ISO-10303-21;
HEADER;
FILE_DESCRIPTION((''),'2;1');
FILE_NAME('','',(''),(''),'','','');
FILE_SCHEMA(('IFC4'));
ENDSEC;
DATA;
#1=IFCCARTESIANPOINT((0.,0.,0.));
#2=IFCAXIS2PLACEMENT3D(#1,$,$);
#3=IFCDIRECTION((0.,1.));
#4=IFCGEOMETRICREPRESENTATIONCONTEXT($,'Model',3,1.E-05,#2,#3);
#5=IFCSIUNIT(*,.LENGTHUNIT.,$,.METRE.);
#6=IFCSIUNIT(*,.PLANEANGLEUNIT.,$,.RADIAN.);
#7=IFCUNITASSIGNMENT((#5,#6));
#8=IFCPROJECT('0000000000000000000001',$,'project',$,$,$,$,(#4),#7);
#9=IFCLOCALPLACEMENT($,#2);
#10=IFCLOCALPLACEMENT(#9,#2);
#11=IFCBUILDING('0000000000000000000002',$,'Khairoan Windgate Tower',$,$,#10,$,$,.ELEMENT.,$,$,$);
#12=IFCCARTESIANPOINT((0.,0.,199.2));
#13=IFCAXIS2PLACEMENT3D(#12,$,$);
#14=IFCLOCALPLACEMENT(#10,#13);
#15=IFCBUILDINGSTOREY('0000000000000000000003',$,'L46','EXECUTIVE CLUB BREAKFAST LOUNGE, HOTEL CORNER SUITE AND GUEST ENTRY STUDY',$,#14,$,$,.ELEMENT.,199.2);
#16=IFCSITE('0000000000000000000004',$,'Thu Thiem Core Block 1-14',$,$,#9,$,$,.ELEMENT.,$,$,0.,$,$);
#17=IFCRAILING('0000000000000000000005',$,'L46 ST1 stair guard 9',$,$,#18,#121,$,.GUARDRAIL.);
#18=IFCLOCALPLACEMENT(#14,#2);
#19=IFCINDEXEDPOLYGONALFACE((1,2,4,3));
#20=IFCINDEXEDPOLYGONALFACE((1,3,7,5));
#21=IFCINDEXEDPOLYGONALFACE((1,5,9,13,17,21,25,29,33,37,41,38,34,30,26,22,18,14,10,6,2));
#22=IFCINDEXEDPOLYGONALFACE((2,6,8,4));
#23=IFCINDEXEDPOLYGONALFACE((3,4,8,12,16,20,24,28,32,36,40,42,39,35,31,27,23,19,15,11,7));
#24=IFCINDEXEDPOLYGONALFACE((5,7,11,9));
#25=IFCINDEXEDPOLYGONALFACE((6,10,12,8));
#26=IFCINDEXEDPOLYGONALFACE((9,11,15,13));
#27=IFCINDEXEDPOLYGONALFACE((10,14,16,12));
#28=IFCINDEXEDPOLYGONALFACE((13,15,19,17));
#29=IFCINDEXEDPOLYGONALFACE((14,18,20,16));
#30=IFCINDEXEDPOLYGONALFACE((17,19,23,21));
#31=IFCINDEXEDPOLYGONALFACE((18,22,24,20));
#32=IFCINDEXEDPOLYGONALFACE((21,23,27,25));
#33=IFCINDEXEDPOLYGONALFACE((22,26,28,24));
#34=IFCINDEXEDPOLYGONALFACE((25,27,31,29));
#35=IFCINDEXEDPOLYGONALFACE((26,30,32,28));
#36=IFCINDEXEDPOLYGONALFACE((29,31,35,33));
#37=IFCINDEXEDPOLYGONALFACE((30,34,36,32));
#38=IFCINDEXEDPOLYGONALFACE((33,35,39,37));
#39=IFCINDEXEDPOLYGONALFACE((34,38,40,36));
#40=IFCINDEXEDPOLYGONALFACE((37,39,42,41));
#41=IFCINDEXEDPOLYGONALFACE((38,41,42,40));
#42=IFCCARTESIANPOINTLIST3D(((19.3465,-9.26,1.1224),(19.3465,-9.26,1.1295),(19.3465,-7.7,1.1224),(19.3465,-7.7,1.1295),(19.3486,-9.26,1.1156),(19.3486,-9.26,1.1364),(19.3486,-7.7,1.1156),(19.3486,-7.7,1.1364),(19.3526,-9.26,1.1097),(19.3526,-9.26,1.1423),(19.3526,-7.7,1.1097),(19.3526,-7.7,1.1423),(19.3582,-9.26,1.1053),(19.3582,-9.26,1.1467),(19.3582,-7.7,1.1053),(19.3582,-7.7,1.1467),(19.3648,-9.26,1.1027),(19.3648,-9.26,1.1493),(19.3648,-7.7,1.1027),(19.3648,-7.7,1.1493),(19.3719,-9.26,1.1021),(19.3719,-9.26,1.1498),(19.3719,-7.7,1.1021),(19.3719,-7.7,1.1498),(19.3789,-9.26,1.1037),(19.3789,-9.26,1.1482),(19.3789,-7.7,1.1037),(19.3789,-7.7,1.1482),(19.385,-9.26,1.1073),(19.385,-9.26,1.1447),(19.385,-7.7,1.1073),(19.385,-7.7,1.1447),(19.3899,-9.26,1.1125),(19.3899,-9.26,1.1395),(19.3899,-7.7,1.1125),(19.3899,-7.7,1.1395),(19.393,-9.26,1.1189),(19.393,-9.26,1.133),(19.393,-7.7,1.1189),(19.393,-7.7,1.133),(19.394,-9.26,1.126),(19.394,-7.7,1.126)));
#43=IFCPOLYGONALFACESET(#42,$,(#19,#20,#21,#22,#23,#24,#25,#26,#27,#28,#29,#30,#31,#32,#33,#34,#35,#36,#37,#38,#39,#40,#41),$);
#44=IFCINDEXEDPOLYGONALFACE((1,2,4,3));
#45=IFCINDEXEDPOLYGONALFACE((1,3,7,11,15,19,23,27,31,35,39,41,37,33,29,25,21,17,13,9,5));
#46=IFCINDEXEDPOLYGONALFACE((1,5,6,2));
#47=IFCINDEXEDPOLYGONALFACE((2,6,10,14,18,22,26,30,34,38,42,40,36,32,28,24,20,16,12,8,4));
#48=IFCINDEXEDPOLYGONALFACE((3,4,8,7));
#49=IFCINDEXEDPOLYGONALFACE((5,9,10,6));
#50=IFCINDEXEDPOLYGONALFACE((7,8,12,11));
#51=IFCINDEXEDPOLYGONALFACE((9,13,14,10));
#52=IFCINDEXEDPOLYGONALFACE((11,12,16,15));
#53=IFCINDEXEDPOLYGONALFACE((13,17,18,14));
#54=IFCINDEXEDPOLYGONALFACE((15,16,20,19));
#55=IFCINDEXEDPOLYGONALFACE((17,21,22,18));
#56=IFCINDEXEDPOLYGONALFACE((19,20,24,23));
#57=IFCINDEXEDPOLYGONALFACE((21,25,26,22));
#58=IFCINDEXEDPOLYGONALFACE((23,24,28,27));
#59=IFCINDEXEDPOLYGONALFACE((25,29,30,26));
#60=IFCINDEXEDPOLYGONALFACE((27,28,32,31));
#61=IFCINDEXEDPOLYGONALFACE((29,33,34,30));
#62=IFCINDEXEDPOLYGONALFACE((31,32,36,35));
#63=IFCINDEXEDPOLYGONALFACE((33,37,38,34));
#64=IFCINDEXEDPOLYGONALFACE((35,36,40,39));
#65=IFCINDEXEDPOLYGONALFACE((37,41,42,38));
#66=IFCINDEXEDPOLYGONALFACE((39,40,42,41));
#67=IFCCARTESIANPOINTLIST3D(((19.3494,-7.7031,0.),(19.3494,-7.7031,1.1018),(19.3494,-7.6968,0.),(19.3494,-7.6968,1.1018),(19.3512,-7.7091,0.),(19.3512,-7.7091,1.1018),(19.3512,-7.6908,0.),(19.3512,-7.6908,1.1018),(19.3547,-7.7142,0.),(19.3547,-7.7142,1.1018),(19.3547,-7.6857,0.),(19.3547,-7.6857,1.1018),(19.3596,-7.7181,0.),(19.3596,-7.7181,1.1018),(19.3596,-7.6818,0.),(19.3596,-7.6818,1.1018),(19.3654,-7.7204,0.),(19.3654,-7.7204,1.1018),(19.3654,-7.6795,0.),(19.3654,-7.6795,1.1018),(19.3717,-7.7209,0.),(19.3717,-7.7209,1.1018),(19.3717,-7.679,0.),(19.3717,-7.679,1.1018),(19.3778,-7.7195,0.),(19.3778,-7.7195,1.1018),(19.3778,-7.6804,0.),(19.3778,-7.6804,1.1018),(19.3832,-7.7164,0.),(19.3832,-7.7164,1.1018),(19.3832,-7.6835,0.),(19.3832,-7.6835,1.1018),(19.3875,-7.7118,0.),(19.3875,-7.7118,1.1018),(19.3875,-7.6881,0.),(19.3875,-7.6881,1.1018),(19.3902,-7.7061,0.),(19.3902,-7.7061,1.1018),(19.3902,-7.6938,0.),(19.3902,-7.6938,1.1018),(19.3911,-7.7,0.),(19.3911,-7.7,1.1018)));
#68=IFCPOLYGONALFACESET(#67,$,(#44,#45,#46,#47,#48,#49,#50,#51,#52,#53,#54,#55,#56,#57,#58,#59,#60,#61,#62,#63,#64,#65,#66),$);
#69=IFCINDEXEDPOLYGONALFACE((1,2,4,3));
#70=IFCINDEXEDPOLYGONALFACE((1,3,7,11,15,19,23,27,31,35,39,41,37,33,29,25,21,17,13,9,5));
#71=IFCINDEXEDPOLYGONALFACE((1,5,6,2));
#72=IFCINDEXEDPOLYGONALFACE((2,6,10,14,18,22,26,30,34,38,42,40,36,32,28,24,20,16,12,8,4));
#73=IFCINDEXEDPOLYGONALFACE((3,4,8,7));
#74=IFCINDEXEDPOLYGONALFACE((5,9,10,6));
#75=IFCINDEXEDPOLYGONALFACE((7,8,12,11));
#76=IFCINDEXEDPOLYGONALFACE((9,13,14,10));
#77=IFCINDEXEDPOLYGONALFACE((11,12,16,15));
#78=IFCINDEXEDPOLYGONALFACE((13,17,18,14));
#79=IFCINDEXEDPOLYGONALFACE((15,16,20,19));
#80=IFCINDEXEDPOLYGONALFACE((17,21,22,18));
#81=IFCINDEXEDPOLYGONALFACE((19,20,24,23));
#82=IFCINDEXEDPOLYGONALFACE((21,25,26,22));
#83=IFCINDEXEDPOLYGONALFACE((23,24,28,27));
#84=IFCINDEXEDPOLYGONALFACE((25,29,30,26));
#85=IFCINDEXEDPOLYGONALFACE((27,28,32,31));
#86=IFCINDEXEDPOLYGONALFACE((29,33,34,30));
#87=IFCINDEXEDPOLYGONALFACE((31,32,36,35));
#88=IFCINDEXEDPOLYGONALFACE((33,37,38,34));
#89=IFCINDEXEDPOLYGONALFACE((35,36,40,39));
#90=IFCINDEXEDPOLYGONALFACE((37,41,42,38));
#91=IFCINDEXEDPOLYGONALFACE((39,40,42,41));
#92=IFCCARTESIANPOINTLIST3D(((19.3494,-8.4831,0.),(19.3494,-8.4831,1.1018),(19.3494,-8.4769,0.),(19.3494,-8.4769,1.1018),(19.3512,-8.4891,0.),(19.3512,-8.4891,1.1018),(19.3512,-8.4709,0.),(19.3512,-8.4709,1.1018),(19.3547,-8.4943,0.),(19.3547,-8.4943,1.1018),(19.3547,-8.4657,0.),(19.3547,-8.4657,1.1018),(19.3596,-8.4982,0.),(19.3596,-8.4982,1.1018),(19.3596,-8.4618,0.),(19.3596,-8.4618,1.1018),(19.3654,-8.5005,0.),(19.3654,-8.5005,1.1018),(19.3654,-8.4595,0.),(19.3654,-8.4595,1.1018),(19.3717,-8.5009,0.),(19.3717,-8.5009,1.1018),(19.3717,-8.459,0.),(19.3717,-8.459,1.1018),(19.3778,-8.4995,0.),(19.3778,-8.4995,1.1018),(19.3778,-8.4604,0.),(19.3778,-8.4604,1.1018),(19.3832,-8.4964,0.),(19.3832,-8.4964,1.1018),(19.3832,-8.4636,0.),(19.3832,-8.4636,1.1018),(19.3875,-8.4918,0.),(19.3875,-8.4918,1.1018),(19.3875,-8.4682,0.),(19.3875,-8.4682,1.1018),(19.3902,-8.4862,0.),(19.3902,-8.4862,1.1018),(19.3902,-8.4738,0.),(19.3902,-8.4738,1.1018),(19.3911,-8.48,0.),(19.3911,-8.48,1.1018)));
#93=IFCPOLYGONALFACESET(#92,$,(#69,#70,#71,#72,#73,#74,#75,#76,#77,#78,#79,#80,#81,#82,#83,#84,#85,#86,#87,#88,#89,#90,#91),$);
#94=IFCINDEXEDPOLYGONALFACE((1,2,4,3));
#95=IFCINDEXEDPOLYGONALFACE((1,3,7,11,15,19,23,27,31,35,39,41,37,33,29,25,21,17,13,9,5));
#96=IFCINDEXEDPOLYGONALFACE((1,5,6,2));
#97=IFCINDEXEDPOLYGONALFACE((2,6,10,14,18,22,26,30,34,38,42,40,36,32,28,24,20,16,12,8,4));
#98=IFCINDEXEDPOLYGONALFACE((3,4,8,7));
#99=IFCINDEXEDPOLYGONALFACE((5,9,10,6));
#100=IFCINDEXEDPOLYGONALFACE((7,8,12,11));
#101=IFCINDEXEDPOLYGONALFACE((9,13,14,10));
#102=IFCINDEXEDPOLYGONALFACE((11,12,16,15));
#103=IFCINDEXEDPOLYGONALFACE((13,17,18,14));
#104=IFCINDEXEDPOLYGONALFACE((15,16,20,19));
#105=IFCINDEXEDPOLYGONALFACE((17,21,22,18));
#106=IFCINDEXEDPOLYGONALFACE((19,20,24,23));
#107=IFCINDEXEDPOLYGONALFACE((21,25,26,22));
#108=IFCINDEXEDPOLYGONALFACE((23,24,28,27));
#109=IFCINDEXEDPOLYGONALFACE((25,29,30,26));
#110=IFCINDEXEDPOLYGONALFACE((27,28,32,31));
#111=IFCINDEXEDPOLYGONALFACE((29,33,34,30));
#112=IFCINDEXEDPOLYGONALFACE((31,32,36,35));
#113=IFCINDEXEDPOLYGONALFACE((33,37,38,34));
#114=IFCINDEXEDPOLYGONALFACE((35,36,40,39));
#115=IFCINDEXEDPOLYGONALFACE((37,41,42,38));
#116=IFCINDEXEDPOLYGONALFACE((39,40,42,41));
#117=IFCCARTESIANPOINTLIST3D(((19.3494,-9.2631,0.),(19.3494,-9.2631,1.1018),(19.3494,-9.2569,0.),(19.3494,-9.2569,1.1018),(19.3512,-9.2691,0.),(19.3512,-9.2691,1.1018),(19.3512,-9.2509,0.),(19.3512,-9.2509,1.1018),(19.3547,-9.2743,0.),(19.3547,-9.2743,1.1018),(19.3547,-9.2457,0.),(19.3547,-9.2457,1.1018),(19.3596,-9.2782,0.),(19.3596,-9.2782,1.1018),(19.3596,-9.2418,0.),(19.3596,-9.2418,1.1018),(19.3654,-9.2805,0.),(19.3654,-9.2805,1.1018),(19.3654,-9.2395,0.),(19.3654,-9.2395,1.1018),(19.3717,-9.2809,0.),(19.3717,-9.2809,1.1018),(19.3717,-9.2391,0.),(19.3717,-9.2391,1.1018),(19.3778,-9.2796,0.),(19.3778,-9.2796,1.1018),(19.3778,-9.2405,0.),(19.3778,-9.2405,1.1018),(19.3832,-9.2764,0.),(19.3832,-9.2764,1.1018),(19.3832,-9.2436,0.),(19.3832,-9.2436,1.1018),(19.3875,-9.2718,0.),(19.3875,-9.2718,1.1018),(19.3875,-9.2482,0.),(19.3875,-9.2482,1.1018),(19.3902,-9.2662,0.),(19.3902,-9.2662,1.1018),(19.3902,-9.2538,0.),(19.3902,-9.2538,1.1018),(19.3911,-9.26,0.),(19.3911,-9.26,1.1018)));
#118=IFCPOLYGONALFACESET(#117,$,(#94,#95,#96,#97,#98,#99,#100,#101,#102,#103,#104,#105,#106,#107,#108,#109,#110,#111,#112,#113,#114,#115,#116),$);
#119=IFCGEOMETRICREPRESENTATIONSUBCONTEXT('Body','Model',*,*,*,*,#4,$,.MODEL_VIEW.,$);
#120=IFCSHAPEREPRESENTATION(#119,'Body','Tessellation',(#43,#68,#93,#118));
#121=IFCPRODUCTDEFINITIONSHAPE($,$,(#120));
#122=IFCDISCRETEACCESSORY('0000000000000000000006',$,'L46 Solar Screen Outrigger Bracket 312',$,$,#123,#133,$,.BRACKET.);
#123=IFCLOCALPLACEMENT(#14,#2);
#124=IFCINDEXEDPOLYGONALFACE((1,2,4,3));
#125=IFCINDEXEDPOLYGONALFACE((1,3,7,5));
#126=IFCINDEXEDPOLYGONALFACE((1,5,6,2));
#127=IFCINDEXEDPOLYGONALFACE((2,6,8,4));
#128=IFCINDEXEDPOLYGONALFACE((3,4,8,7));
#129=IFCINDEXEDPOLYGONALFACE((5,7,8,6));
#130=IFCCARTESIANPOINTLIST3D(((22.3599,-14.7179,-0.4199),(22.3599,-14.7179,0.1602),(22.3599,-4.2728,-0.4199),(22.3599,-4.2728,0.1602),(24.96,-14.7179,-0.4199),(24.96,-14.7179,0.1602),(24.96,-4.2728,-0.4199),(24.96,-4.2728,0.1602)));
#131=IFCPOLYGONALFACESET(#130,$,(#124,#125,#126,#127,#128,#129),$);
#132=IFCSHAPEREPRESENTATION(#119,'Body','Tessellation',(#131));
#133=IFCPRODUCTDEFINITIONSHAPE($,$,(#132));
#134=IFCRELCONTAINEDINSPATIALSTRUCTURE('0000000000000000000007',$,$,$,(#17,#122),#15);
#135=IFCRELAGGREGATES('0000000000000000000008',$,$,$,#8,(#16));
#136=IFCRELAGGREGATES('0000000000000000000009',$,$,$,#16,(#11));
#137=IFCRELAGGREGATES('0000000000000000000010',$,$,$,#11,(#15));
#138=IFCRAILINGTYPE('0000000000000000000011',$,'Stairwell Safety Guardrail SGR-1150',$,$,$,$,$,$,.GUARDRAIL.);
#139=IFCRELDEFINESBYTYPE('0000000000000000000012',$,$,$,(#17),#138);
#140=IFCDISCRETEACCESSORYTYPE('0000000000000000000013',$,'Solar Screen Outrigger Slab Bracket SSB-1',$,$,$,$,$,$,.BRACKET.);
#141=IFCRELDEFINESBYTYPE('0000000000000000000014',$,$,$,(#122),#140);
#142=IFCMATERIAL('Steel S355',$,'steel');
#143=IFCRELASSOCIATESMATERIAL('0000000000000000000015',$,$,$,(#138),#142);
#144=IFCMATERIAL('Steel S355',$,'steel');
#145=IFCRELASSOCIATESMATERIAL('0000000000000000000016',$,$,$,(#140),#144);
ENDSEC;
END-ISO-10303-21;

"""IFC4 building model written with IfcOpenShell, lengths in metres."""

from ifc_helpers import new_model, si_unit, direction, frame, origin, origin_2d, place, context, subcontext, project, spatial, rectangle, circle, extrude, material, type_object, element, save


model = new_model("IFC4")

# Units and contexts
model_context = context("Model", 3, precision=1e-05, world=origin(), true_north=direction((0.0, 1.0)))
body_context = subcontext(model_context, "Body", "Model", "MODEL_VIEW")
ifc_project = project(units=[si_unit("LENGTHUNIT", "METRE"), si_unit("PLANEANGLEUNIT", "RADIAN")], contexts=[model_context])

# Site, building, storey
site_placement = place(None, origin())
site = spatial("IfcSite", under=ifc_project, at=site_placement, Name="Thu Thiem Core Block 1-14", CompositionType="ELEMENT", RefElevation=0.0)
building_placement = place(site_placement, origin())
building = spatial("IfcBuilding", under=site, at=building_placement, Name="Khairoan Windgate Tower", CompositionType="ELEMENT")
storey_placement = place(building_placement, frame((0.0, 0.0, 199.2)))
storey = spatial("IfcBuildingStorey", under=building, at=storey_placement, Name="L46", Description="EXECUTIVE CLUB BREAKFAST LOUNGE, HOTEL CORNER SUITE AND GUEST ENTRY STUDY", CompositionType="ELEMENT", Elevation=199.2)

# Railing
ifc_material_1 = material(Name="Steel S355", Category="steel")
railing_type_1 = type_object("IfcRailingType", Name="Stairwell Safety Guardrail SGR-1150", PredefinedType="GUARDRAIL", material=ifc_material_1)
for number, where, name in (
    (1, (19.3701, -7.7, 0.0), "L46 ST1 stair guard 9"),
):
    element("IfcRailing", number, at=place(storey_placement, frame(where)), inside=storey, type_object=railing_type_1, Name=name, PredefinedType="GUARDRAIL", context=body_context, shape_type="SweptSolid", body=[
        extrude(circle(Radius=0.0239, at=origin_2d()), frame((0.0, 0.0, 1.126), z_axis=(0.0, -1.0, 0.0), x_axis=(1.0, 0.0, 0.0)), (0.0, 0.0, 1.0), 1.5601),
        extrude(circle(Radius=0.021, at=origin_2d()), origin(), (0.0, 0.0, 1.0), 1.1018),
        extrude(circle(Radius=0.021, at=origin_2d()), frame((0.0, -0.78, 0.0)), (0.0, 0.0, 1.0), 1.1018),
        extrude(circle(Radius=0.021, at=origin_2d()), frame((0.0, -1.5601, 0.0)), (0.0, 0.0, 1.0), 1.1018),
    ])

# Discrete accessory
ifc_material_2 = material(Name="Steel S355", Category="steel")
discrete_accessory_type = type_object("IfcDiscreteAccessoryType", Name="Solar Screen Outrigger Slab Bracket SSB-1", PredefinedType="BRACKET", material=ifc_material_2)
discrete_accessory_placement = place(storey_placement, frame((23.6599, -9.4954, -0.4199), z_axis=(0.0, 0.0, 1.0), x_axis=(0.0, -1.0, 0.0)))
element("IfcDiscreteAccessory", 2, at=discrete_accessory_placement, inside=storey, type_object=discrete_accessory_type, Name="L46 Solar Screen Outrigger Bracket 312", PredefinedType="BRACKET", context=body_context, shape_type="SweptSolid", body=[
    extrude(rectangle(XDim=10.4451, YDim=2.6001, at=origin_2d()), origin(), (0.0, 0.0, 1.0), 0.5801),
])

save(model, "model.ifc")
